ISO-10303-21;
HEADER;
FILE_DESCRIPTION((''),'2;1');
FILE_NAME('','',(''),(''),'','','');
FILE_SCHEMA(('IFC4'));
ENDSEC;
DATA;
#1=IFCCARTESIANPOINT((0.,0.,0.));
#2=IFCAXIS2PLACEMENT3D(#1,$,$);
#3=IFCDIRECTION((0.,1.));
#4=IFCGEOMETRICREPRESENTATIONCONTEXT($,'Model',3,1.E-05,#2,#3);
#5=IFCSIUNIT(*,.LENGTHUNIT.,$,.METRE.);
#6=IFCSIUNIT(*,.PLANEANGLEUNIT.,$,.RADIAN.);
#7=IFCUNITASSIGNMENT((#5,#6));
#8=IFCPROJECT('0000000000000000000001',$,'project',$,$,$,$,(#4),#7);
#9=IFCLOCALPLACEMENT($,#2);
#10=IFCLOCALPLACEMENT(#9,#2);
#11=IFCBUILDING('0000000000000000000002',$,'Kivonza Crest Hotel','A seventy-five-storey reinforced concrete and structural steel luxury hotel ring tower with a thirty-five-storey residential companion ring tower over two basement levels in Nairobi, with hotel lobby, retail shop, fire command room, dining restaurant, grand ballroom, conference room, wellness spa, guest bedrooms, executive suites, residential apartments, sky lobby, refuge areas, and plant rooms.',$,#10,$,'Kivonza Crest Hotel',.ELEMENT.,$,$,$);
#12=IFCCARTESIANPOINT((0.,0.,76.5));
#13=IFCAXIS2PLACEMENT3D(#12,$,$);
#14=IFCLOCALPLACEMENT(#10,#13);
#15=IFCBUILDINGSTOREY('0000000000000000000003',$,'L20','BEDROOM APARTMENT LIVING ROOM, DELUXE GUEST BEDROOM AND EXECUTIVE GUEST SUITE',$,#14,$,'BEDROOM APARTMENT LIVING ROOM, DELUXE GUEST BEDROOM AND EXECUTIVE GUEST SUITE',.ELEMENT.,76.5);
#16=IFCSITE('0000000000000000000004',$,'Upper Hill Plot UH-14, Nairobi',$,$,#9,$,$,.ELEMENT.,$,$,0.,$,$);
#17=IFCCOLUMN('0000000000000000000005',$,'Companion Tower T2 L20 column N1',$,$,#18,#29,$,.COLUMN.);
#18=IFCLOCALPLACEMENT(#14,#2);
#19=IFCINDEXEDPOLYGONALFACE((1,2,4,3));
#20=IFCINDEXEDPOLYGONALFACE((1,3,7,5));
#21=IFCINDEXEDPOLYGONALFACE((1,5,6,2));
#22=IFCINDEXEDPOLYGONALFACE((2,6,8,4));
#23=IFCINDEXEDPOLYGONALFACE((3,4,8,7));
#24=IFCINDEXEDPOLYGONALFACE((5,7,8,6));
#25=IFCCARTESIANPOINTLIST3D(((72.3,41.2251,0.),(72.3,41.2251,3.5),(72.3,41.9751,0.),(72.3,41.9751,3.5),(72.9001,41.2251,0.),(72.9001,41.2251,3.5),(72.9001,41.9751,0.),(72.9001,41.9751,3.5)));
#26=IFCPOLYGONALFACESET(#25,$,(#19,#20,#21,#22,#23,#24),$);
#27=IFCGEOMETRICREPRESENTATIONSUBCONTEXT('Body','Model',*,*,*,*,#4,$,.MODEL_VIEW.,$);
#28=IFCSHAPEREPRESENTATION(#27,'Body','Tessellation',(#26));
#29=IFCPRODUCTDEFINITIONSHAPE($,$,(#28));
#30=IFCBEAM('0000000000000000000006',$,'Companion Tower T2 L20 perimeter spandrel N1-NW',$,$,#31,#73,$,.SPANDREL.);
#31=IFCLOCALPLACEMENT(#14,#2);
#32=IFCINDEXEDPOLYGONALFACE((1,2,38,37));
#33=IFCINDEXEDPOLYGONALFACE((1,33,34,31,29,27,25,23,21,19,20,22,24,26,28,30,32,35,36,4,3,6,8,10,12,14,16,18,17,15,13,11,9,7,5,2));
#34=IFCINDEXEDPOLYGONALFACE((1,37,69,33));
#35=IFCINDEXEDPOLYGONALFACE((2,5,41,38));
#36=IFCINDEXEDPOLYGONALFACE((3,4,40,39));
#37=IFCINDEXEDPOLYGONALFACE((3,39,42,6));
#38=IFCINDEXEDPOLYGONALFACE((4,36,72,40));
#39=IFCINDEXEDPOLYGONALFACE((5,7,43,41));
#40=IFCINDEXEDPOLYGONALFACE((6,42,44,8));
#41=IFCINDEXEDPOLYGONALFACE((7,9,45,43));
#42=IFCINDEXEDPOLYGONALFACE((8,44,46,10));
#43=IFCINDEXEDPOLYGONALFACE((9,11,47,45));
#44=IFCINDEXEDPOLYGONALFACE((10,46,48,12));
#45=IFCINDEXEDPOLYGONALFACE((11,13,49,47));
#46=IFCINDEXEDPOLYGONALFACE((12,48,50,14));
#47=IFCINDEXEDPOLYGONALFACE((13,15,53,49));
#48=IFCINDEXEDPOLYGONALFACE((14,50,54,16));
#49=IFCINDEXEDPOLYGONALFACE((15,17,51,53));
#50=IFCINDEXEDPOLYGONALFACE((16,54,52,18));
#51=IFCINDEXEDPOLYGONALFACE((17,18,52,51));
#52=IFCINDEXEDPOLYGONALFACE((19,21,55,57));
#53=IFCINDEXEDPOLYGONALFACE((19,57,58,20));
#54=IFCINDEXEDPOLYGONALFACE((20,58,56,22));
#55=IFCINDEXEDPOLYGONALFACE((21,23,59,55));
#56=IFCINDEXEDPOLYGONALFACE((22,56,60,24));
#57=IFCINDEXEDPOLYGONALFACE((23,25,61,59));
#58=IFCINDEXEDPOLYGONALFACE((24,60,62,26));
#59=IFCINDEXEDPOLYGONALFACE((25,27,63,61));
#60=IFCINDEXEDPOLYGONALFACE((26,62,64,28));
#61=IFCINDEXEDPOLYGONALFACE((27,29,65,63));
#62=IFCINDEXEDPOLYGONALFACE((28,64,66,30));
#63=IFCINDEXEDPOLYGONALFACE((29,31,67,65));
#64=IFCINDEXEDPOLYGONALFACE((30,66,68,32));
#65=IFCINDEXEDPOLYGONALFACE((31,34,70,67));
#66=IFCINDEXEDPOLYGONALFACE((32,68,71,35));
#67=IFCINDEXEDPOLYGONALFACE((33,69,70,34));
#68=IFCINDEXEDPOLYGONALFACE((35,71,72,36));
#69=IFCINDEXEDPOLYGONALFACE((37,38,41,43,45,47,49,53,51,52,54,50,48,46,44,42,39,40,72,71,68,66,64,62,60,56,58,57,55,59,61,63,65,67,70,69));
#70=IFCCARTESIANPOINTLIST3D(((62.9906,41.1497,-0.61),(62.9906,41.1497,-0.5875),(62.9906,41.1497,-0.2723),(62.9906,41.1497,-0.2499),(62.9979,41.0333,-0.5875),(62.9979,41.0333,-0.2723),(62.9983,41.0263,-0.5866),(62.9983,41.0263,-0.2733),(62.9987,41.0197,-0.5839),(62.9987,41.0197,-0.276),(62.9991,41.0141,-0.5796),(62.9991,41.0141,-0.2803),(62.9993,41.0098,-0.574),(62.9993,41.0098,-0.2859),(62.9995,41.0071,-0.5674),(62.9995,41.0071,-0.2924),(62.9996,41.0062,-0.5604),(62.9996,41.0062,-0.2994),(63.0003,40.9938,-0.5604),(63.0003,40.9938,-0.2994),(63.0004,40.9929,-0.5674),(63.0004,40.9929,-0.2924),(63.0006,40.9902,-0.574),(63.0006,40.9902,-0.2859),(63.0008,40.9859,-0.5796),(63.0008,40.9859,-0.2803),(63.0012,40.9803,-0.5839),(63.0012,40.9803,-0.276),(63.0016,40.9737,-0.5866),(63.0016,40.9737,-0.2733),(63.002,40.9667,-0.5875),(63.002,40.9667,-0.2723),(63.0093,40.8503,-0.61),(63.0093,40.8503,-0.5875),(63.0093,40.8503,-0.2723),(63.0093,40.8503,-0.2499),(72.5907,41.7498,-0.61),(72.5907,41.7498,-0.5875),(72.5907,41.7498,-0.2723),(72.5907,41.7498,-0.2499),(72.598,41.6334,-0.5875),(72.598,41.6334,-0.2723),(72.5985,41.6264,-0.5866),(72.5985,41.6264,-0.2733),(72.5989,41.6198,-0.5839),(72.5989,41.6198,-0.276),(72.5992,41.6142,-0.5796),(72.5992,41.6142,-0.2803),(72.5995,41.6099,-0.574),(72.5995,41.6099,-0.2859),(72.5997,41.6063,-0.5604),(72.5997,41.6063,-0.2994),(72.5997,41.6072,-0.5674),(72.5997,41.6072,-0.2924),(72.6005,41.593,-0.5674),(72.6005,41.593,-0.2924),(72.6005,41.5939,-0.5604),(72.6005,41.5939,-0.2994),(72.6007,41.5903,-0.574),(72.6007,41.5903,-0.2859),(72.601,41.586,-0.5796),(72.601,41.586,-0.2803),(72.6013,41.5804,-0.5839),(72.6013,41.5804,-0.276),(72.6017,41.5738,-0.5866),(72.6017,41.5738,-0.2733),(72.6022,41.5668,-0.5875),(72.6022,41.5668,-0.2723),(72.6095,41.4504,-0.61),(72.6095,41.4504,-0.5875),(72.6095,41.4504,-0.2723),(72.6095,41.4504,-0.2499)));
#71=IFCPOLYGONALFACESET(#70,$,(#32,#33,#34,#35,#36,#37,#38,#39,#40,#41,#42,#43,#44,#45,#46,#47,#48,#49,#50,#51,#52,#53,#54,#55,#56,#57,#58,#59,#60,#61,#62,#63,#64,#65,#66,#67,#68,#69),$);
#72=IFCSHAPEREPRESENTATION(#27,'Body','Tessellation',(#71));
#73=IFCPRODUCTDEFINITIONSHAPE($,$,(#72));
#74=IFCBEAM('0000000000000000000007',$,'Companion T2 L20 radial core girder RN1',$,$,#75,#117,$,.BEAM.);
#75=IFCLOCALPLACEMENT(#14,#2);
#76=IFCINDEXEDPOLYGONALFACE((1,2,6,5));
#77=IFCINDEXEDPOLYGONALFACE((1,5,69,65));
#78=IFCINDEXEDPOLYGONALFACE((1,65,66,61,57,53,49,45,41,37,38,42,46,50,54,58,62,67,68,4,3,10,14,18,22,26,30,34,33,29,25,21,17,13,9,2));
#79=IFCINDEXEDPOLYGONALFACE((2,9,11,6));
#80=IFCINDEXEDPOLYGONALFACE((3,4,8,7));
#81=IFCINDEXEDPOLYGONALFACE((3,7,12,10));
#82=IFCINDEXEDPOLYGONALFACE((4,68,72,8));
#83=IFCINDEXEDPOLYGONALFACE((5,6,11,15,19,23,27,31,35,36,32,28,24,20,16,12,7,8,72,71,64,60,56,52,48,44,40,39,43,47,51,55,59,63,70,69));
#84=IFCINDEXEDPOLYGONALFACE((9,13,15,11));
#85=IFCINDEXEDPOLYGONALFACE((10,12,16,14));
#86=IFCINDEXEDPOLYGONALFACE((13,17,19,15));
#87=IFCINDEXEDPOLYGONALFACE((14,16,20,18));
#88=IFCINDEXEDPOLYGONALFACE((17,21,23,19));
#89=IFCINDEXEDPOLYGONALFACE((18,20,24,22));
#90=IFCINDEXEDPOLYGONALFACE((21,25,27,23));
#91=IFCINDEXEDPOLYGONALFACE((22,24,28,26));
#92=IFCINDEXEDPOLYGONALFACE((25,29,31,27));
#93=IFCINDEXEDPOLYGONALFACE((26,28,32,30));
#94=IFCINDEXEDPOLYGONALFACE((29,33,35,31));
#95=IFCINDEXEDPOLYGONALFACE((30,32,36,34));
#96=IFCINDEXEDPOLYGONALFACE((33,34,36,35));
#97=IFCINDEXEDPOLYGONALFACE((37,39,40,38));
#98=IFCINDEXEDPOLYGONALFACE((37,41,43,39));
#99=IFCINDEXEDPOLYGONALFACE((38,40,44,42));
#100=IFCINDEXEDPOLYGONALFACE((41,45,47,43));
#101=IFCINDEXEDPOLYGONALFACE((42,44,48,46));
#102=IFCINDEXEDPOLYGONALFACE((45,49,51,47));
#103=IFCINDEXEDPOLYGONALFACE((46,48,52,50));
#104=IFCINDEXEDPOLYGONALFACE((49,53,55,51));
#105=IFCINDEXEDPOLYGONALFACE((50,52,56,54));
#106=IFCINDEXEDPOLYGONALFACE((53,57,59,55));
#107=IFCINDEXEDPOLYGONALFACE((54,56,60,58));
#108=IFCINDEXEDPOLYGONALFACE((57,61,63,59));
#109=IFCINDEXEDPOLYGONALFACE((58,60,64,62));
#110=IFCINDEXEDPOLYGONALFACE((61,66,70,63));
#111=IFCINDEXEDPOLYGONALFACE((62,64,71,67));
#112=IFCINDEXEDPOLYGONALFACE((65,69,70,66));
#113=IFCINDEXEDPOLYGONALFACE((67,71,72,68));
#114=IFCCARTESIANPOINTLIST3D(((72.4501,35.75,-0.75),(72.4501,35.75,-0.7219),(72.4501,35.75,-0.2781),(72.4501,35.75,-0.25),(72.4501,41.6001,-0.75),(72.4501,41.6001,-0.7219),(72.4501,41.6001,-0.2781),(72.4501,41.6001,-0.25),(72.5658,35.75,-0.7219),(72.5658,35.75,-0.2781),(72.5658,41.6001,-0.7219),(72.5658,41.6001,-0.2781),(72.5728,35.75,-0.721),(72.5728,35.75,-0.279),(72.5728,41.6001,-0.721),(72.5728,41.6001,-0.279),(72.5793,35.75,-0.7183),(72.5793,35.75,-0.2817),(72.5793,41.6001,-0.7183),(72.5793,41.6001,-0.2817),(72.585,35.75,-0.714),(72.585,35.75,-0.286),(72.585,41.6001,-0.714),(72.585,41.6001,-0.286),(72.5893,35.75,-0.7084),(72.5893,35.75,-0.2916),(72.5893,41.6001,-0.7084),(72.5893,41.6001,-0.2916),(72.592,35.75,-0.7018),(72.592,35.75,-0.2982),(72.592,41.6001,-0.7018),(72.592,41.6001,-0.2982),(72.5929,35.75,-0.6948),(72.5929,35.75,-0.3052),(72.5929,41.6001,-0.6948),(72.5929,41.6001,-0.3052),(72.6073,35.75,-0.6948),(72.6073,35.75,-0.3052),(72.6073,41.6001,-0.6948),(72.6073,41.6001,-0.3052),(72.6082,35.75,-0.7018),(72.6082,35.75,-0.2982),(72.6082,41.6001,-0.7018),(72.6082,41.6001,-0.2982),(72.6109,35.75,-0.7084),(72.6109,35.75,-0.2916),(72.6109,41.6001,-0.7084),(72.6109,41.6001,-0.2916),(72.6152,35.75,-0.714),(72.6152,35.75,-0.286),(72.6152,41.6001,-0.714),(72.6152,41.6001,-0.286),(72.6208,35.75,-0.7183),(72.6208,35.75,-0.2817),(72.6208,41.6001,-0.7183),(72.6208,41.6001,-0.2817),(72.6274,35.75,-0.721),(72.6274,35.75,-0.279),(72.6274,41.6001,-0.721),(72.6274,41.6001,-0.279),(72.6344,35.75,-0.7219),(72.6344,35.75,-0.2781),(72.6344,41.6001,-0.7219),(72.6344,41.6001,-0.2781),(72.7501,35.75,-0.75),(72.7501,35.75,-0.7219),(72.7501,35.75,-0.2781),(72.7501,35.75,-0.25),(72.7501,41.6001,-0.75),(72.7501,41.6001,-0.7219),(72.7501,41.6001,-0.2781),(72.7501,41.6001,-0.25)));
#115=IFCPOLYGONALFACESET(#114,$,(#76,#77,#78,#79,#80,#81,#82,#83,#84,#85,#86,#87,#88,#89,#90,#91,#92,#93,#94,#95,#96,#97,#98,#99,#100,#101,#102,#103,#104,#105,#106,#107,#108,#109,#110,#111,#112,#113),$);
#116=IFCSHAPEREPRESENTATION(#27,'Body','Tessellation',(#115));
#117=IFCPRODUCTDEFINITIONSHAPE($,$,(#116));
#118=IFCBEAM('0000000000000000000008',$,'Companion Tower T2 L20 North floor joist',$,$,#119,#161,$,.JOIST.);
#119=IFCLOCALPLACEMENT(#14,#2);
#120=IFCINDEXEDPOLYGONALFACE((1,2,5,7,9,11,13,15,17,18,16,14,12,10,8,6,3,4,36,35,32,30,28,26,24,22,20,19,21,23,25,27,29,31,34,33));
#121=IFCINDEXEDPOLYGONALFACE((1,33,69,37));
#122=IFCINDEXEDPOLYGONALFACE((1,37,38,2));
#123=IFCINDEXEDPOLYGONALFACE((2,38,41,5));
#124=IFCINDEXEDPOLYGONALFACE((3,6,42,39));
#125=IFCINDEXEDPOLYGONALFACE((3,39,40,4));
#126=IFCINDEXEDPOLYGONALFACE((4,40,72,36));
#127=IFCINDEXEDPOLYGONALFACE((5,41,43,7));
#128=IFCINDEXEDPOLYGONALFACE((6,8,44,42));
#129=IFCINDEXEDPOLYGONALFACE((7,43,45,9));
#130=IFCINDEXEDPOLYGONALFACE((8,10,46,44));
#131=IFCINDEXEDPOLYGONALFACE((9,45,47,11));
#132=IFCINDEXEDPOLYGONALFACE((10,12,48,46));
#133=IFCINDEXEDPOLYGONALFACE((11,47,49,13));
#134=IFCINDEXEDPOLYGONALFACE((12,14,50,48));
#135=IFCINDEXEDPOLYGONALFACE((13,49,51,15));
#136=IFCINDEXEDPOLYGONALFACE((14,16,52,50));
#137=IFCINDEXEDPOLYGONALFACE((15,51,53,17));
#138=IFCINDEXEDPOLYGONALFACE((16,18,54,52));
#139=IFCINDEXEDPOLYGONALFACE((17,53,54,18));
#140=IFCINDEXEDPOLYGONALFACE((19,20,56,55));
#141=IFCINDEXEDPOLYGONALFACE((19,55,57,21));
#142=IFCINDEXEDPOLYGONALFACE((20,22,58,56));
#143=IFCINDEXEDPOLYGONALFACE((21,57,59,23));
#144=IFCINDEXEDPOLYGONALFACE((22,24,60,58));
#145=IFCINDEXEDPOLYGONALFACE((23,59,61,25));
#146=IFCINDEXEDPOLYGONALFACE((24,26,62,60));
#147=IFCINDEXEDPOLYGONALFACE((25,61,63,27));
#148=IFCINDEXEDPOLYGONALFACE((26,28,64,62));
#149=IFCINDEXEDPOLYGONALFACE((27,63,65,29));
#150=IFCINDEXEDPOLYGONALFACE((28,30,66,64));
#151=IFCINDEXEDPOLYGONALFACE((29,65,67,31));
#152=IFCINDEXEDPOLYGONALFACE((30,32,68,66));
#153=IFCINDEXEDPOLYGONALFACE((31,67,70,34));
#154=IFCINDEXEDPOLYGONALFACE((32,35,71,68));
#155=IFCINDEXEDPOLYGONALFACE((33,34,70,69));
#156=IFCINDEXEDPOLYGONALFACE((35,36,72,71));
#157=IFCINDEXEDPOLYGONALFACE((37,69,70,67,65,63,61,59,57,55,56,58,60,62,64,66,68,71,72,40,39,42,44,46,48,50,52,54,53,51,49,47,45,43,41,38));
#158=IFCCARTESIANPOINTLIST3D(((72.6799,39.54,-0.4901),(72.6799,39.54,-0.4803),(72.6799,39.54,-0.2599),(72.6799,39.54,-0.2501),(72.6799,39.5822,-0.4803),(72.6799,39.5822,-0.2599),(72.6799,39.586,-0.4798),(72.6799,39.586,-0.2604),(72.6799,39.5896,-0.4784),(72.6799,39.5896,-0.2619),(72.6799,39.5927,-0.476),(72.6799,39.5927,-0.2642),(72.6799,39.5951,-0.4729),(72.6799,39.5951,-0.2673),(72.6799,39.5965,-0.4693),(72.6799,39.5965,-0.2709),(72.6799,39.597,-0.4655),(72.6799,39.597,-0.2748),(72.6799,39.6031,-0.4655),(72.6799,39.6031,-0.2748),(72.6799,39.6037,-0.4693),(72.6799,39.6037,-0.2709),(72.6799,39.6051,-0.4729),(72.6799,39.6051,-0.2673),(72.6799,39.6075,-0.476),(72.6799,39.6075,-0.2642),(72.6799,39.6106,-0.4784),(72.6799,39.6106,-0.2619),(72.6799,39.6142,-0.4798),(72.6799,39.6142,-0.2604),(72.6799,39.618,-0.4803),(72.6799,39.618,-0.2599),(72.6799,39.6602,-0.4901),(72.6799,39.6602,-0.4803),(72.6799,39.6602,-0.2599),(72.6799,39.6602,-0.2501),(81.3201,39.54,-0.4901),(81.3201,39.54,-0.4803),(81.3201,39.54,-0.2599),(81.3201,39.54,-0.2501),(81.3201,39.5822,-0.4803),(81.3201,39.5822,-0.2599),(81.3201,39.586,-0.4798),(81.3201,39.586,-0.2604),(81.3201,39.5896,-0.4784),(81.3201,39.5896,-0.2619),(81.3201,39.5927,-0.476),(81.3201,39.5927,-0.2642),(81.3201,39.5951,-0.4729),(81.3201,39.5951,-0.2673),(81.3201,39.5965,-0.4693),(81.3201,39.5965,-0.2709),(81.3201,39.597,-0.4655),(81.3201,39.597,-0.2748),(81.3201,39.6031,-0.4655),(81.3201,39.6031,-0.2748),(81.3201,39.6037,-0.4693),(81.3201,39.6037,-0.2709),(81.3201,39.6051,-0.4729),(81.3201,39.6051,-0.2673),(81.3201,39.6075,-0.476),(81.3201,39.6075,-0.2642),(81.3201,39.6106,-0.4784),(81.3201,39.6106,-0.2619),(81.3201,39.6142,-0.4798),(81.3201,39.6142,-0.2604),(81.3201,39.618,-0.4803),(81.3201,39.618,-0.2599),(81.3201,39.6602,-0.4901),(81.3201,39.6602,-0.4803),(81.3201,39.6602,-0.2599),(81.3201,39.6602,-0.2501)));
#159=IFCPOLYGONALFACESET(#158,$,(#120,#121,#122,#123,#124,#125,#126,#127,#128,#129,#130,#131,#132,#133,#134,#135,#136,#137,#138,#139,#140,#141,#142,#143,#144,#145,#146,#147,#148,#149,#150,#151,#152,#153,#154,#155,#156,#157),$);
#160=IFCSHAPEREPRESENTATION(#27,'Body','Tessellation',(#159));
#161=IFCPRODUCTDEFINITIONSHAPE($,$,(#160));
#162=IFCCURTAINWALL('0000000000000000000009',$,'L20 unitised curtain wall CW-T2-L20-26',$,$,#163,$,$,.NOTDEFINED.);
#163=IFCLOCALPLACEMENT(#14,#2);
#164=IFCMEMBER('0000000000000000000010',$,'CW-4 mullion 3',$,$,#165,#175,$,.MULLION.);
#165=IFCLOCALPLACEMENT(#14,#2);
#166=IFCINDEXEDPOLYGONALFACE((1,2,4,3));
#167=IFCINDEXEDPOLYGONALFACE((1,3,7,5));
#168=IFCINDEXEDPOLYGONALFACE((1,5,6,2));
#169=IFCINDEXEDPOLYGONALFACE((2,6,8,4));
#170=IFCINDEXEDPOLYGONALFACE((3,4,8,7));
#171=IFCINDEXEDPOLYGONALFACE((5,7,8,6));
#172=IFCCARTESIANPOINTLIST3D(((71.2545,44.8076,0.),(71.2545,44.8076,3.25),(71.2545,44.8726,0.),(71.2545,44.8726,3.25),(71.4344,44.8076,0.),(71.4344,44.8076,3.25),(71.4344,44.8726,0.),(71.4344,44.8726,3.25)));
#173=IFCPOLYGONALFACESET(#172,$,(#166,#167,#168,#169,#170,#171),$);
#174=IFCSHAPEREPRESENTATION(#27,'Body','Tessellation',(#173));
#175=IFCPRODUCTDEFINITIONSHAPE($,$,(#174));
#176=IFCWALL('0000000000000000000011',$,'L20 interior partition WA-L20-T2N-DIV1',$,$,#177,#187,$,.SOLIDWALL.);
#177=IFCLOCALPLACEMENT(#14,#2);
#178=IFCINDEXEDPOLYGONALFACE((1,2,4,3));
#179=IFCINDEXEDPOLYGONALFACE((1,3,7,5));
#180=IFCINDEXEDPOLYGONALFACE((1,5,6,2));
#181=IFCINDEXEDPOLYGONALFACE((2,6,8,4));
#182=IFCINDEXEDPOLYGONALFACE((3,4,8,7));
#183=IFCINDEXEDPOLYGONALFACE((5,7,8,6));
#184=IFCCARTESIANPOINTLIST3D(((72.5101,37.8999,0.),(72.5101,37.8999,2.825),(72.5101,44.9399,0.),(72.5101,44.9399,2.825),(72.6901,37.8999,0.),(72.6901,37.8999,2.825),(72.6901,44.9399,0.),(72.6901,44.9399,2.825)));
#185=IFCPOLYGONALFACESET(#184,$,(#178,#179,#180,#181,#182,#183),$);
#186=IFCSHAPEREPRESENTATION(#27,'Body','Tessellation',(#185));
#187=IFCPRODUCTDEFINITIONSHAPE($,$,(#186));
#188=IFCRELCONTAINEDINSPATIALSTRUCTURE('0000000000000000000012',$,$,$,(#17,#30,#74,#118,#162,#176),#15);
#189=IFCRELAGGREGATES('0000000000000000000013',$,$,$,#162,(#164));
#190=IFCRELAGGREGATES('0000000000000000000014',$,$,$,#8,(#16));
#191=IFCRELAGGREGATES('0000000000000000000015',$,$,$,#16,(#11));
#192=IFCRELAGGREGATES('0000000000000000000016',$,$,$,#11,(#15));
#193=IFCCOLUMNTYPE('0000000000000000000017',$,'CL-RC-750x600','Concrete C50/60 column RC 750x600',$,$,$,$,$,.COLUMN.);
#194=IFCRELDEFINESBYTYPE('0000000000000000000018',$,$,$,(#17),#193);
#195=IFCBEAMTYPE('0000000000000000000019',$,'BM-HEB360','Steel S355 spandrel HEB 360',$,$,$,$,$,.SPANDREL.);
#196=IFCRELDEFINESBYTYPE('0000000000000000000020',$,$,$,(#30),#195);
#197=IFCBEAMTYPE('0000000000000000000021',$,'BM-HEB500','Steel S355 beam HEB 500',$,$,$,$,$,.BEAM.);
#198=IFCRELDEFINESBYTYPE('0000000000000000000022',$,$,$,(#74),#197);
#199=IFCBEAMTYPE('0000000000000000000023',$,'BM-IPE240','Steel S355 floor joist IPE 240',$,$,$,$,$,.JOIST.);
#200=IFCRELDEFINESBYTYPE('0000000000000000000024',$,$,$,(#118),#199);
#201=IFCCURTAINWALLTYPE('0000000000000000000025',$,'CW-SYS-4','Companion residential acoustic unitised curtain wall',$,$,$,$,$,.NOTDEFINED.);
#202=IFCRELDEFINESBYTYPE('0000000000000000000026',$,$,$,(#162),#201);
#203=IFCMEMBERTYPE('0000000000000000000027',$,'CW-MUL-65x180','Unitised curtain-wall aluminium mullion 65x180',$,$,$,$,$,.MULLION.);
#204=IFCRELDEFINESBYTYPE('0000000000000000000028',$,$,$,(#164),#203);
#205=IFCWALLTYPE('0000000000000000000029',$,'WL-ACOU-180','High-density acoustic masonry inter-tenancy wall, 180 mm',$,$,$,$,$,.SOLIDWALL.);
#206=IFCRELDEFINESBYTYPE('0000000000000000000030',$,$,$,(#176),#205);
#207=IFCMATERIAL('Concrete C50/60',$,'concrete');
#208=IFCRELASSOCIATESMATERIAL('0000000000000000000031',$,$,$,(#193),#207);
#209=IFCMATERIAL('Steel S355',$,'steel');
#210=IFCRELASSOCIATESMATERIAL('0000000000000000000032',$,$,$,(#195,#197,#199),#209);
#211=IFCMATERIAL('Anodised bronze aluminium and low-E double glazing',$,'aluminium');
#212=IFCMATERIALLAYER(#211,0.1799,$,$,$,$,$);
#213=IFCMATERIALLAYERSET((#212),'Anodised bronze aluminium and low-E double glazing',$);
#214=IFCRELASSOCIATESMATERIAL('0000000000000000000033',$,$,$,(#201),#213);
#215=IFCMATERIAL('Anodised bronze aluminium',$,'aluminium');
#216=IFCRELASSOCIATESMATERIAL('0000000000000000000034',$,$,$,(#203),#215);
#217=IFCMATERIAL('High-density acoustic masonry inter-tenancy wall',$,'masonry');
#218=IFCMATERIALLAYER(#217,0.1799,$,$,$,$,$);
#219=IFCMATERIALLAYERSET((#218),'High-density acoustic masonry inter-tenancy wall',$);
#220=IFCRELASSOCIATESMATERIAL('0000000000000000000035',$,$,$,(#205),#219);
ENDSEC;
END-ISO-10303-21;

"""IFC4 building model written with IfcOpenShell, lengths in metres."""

from ifc_helpers import new_model, si_unit, direction, frame, frame_2d, origin, origin_2d, place, context, subcontext, project, spatial, rectangle, i_section, extrude, material, layer, layer_set, material_profile, profile_set, type_object, element, aggregate, save


model = new_model("IFC4")

# Units and contexts
model_context = context("Model", 3, precision=1e-05, world=origin(), true_north=direction((0.0, 1.0)))
body_context = subcontext(model_context, "Body", "Model", "MODEL_VIEW")
ifc_project = project(units=[si_unit("LENGTHUNIT", "METRE"), si_unit("PLANEANGLEUNIT", "RADIAN")], contexts=[model_context])

# Site, building, storey
site_placement = place(None, origin())
site = spatial("IfcSite", under=ifc_project, at=site_placement, Name="Upper Hill Plot UH-14, Nairobi", CompositionType="ELEMENT", RefElevation=0.0)
building_placement = place(site_placement, origin())
building = spatial("IfcBuilding", under=site, at=building_placement, Name="Kivonza Crest Hotel", Description="A seventy-five-storey reinforced concrete and structural steel luxury hotel ring tower with a thirty-five-storey residential companion ring tower over two basement levels in Nairobi, with hotel lobby, retail shop, fire command room, dining restaurant, grand ballroom, conference room, wellness spa, guest bedrooms, executive suites, residential apartments, sky lobby, refuge areas, and plant rooms.", LongName="Kivonza Crest Hotel", CompositionType="ELEMENT")
storey_placement = place(building_placement, frame((0.0, 0.0, 76.5)))
storey = spatial("IfcBuildingStorey", under=building, at=storey_placement, Name="L20", Description="BEDROOM APARTMENT LIVING ROOM, DELUXE GUEST BEDROOM AND EXECUTIVE GUEST SUITE", LongName="BEDROOM APARTMENT LIVING ROOM, DELUXE GUEST BEDROOM AND EXECUTIVE GUEST SUITE", CompositionType="ELEMENT", Elevation=76.5)

# Column
ifc_material_1 = material(Name="Concrete C50/60", Category="concrete")
ifc_material_profile_1 = material_profile(ifc_material_1, rectangle(XDim=0.6001, YDim=0.75, at=origin_2d()), Name="RC 750x600")
ifc_profile_set_1 = profile_set([ifc_material_profile_1], Name="Concrete C50/60")
column_type = type_object("IfcColumnType", Name="CL-RC-750x600", Description="Concrete C50/60 column RC 750x600", PredefinedType="COLUMN", material=ifc_profile_set_1)
column_placement = place(storey_placement, frame((72.6001, 41.6001, 0.0), z_axis=(0.0, 0.0, 1.0), x_axis=(1.0, 0.0, 0.0)))
element("IfcColumn", 1, at=column_placement, inside=storey, type_object=column_type, Name="Companion Tower T2 L20 column N1", PredefinedType="COLUMN", context=body_context, shape_type="SweptSolid", body=[
    extrude(rectangle(XDim=0.6001, YDim=0.75, at=origin_2d()), origin(), (0.0, 0.0, 1.0), 3.5),
])

# Beams
ifc_material_2 = material(Name="Steel S355", Category="steel")
ifc_material_profile_2 = material_profile(ifc_material_2, i_section(OverallWidth=0.3, OverallDepth=0.3601, WebThickness=0.0125, FlangeThickness=0.0225, FilletRadius=0.0271, at=origin_2d()), Name="HEB 360")
ifc_profile_set_2 = profile_set([ifc_material_profile_2], Name="Steel S355")
beam_type_1 = type_object("IfcBeamType", Name="BM-HEB360", Description="Steel S355 spandrel HEB 360", PredefinedType="SPANDREL", material=ifc_profile_set_2)
beam_1_placement = place(storey_placement, frame((72.6001, 41.6001, -0.4299), z_axis=(-0.998052, -0.062388, 0.0), x_axis=(0.062388, -0.998052, 0.0)))
element("IfcBeam", 2, at=beam_1_placement, inside=storey, type_object=beam_type_1, Name="Companion Tower T2 L20 perimeter spandrel N1-NW", PredefinedType="SPANDREL", context=body_context, shape_type="SweptSolid", body=[
    extrude(i_section(OverallWidth=0.3, OverallDepth=0.3601, WebThickness=0.0125, FlangeThickness=0.0225, FilletRadius=0.0271, at=origin_2d()), origin(), (0.0, 0.0, 1.0), 9.6189),
])
ifc_material_profile_3 = material_profile(ifc_material_2, i_section(OverallWidth=0.3, OverallDepth=0.5, WebThickness=0.0144, FlangeThickness=0.0281, FilletRadius=0.0271, at=origin_2d()), Name="HEB 500")
ifc_profile_set_3 = profile_set([ifc_material_profile_3], Name="Steel S355")
beam_type_2 = type_object("IfcBeamType", Name="BM-HEB500", Description="Steel S355 beam HEB 500", PredefinedType="BEAM", material=ifc_profile_set_3)
beam_2_placement = place(storey_placement, frame((72.6001, 41.6001, -0.5), z_axis=(0.0, -1.0, 0.0), x_axis=(1.0, 0.0, 0.0)))
element("IfcBeam", 3, at=beam_2_placement, inside=storey, type_object=beam_type_2, Name="Companion T2 L20 radial core girder RN1", PredefinedType="BEAM", context=body_context, shape_type="SweptSolid", body=[
    extrude(i_section(OverallWidth=0.3, OverallDepth=0.5, WebThickness=0.0144, FlangeThickness=0.0281, FilletRadius=0.0271, at=origin_2d()), origin(), (0.0, 0.0, 1.0), 5.8501),
])
ifc_material_profile_4 = material_profile(ifc_material_2, i_section(OverallWidth=0.1201, OverallDepth=0.24, WebThickness=0.0061, FlangeThickness=0.0098, FilletRadius=0.0149, at=origin_2d()), Name="IPE 240")
ifc_profile_set_4 = profile_set([ifc_material_profile_4], Name="Steel S355")
beam_type_3 = type_object("IfcBeamType", Name="BM-IPE240", Description="Steel S355 floor joist IPE 240", PredefinedType="JOIST", material=ifc_profile_set_4)
beam_3_placement = place(storey_placement, frame((72.6799, 39.6001, -0.3701), z_axis=(1.0, 0.0, 0.0), x_axis=(0.0, 1.0, 0.0)))
element("IfcBeam", 4, at=beam_3_placement, inside=storey, type_object=beam_type_3, Name="Companion Tower T2 L20 North floor joist", PredefinedType="JOIST", context=body_context, shape_type="SweptSolid", body=[
    extrude(i_section(OverallWidth=0.1201, OverallDepth=0.24, WebThickness=0.0061, FlangeThickness=0.0098, FilletRadius=0.0149, at=origin_2d()), origin(), (0.0, 0.0, 1.0), 8.6401),
])

# Curtain wall, member
ifc_material_3 = material(Name="Anodised bronze aluminium and low-E double glazing", Category="aluminium")
ifc_layer_1 = layer(ifc_material_3, 0.1799)
ifc_layer_set_1 = layer_set([ifc_layer_1], Name="Anodised bronze aluminium and low-E double glazing")
curtain_wall_type = type_object("IfcCurtainWallType", Name="CW-SYS-4", Description="Companion residential acoustic unitised curtain wall", PredefinedType="NOTDEFINED", material=ifc_layer_set_1)
curtain_wall_placement = place(storey_placement, origin())
curtain_wall = element("IfcCurtainWall", 5, at=curtain_wall_placement, inside=storey, type_object=curtain_wall_type, Name="L20 unitised curtain wall CW-T2-L20-26", PredefinedType="NOTDEFINED")
ifc_material_4 = material(Name="Anodised bronze aluminium", Category="aluminium")
ifc_material_profile_5 = material_profile(ifc_material_4, rectangle(XDim=0.0649, YDim=0.1799, at=origin_2d()), Name="CW-M 65x180")
ifc_profile_set_5 = profile_set([ifc_material_profile_5], Name="Anodised bronze aluminium")
member_type = type_object("IfcMemberType", Name="CW-MUL-65x180", Description="Unitised curtain-wall aluminium mullion 65x180", PredefinedType="MULLION", material=ifc_profile_set_5)
member_placement = place(storey_placement, frame((71.3445, 44.8401, 0.0), z_axis=(0.0, 0.0, 1.0), x_axis=(0.0, -1.0, 0.0)))
member = element("IfcMember", 6, at=member_placement, type_object=member_type, Name="CW-4 mullion 3", PredefinedType="MULLION", context=body_context, shape_type="SweptSolid", body=[
    extrude(rectangle(XDim=0.0649, YDim=0.1799, at=origin_2d()), origin(), (0.0, 0.0, 1.0), 3.25),
])
aggregate(curtain_wall, [member])

# Wall
ifc_material_5 = material(Name="High-density acoustic masonry inter-tenancy wall", Category="masonry")
ifc_layer_2 = layer(ifc_material_5, 0.1799)
ifc_layer_set_2 = layer_set([ifc_layer_2], Name="High-density acoustic masonry inter-tenancy wall")
wall_type_1 = type_object("IfcWallType", Name="WL-ACOU-180", Description="High-density acoustic masonry inter-tenancy wall, 180 mm", PredefinedType="SOLIDWALL", material=ifc_layer_set_2)
wall_1_placement = place(storey_placement, frame((72.6001, 37.8999, 0.0), z_axis=(0.0, 0.0, 1.0), x_axis=(0.0, 1.0, 0.0)))
element("IfcWall", 7, at=wall_1_placement, inside=storey, type_object=wall_type_1, Name="L20 interior partition WA-L20-T2N-DIV1", PredefinedType="SOLIDWALL", context=body_context, shape_type="SweptSolid", body=[
    extrude(rectangle(XDim=7.04, YDim=0.1799, at=frame_2d((3.52, 0.0))), origin(), (0.0, 0.0, 1.0), 2.825),
])

save(model, "model.ifc")
